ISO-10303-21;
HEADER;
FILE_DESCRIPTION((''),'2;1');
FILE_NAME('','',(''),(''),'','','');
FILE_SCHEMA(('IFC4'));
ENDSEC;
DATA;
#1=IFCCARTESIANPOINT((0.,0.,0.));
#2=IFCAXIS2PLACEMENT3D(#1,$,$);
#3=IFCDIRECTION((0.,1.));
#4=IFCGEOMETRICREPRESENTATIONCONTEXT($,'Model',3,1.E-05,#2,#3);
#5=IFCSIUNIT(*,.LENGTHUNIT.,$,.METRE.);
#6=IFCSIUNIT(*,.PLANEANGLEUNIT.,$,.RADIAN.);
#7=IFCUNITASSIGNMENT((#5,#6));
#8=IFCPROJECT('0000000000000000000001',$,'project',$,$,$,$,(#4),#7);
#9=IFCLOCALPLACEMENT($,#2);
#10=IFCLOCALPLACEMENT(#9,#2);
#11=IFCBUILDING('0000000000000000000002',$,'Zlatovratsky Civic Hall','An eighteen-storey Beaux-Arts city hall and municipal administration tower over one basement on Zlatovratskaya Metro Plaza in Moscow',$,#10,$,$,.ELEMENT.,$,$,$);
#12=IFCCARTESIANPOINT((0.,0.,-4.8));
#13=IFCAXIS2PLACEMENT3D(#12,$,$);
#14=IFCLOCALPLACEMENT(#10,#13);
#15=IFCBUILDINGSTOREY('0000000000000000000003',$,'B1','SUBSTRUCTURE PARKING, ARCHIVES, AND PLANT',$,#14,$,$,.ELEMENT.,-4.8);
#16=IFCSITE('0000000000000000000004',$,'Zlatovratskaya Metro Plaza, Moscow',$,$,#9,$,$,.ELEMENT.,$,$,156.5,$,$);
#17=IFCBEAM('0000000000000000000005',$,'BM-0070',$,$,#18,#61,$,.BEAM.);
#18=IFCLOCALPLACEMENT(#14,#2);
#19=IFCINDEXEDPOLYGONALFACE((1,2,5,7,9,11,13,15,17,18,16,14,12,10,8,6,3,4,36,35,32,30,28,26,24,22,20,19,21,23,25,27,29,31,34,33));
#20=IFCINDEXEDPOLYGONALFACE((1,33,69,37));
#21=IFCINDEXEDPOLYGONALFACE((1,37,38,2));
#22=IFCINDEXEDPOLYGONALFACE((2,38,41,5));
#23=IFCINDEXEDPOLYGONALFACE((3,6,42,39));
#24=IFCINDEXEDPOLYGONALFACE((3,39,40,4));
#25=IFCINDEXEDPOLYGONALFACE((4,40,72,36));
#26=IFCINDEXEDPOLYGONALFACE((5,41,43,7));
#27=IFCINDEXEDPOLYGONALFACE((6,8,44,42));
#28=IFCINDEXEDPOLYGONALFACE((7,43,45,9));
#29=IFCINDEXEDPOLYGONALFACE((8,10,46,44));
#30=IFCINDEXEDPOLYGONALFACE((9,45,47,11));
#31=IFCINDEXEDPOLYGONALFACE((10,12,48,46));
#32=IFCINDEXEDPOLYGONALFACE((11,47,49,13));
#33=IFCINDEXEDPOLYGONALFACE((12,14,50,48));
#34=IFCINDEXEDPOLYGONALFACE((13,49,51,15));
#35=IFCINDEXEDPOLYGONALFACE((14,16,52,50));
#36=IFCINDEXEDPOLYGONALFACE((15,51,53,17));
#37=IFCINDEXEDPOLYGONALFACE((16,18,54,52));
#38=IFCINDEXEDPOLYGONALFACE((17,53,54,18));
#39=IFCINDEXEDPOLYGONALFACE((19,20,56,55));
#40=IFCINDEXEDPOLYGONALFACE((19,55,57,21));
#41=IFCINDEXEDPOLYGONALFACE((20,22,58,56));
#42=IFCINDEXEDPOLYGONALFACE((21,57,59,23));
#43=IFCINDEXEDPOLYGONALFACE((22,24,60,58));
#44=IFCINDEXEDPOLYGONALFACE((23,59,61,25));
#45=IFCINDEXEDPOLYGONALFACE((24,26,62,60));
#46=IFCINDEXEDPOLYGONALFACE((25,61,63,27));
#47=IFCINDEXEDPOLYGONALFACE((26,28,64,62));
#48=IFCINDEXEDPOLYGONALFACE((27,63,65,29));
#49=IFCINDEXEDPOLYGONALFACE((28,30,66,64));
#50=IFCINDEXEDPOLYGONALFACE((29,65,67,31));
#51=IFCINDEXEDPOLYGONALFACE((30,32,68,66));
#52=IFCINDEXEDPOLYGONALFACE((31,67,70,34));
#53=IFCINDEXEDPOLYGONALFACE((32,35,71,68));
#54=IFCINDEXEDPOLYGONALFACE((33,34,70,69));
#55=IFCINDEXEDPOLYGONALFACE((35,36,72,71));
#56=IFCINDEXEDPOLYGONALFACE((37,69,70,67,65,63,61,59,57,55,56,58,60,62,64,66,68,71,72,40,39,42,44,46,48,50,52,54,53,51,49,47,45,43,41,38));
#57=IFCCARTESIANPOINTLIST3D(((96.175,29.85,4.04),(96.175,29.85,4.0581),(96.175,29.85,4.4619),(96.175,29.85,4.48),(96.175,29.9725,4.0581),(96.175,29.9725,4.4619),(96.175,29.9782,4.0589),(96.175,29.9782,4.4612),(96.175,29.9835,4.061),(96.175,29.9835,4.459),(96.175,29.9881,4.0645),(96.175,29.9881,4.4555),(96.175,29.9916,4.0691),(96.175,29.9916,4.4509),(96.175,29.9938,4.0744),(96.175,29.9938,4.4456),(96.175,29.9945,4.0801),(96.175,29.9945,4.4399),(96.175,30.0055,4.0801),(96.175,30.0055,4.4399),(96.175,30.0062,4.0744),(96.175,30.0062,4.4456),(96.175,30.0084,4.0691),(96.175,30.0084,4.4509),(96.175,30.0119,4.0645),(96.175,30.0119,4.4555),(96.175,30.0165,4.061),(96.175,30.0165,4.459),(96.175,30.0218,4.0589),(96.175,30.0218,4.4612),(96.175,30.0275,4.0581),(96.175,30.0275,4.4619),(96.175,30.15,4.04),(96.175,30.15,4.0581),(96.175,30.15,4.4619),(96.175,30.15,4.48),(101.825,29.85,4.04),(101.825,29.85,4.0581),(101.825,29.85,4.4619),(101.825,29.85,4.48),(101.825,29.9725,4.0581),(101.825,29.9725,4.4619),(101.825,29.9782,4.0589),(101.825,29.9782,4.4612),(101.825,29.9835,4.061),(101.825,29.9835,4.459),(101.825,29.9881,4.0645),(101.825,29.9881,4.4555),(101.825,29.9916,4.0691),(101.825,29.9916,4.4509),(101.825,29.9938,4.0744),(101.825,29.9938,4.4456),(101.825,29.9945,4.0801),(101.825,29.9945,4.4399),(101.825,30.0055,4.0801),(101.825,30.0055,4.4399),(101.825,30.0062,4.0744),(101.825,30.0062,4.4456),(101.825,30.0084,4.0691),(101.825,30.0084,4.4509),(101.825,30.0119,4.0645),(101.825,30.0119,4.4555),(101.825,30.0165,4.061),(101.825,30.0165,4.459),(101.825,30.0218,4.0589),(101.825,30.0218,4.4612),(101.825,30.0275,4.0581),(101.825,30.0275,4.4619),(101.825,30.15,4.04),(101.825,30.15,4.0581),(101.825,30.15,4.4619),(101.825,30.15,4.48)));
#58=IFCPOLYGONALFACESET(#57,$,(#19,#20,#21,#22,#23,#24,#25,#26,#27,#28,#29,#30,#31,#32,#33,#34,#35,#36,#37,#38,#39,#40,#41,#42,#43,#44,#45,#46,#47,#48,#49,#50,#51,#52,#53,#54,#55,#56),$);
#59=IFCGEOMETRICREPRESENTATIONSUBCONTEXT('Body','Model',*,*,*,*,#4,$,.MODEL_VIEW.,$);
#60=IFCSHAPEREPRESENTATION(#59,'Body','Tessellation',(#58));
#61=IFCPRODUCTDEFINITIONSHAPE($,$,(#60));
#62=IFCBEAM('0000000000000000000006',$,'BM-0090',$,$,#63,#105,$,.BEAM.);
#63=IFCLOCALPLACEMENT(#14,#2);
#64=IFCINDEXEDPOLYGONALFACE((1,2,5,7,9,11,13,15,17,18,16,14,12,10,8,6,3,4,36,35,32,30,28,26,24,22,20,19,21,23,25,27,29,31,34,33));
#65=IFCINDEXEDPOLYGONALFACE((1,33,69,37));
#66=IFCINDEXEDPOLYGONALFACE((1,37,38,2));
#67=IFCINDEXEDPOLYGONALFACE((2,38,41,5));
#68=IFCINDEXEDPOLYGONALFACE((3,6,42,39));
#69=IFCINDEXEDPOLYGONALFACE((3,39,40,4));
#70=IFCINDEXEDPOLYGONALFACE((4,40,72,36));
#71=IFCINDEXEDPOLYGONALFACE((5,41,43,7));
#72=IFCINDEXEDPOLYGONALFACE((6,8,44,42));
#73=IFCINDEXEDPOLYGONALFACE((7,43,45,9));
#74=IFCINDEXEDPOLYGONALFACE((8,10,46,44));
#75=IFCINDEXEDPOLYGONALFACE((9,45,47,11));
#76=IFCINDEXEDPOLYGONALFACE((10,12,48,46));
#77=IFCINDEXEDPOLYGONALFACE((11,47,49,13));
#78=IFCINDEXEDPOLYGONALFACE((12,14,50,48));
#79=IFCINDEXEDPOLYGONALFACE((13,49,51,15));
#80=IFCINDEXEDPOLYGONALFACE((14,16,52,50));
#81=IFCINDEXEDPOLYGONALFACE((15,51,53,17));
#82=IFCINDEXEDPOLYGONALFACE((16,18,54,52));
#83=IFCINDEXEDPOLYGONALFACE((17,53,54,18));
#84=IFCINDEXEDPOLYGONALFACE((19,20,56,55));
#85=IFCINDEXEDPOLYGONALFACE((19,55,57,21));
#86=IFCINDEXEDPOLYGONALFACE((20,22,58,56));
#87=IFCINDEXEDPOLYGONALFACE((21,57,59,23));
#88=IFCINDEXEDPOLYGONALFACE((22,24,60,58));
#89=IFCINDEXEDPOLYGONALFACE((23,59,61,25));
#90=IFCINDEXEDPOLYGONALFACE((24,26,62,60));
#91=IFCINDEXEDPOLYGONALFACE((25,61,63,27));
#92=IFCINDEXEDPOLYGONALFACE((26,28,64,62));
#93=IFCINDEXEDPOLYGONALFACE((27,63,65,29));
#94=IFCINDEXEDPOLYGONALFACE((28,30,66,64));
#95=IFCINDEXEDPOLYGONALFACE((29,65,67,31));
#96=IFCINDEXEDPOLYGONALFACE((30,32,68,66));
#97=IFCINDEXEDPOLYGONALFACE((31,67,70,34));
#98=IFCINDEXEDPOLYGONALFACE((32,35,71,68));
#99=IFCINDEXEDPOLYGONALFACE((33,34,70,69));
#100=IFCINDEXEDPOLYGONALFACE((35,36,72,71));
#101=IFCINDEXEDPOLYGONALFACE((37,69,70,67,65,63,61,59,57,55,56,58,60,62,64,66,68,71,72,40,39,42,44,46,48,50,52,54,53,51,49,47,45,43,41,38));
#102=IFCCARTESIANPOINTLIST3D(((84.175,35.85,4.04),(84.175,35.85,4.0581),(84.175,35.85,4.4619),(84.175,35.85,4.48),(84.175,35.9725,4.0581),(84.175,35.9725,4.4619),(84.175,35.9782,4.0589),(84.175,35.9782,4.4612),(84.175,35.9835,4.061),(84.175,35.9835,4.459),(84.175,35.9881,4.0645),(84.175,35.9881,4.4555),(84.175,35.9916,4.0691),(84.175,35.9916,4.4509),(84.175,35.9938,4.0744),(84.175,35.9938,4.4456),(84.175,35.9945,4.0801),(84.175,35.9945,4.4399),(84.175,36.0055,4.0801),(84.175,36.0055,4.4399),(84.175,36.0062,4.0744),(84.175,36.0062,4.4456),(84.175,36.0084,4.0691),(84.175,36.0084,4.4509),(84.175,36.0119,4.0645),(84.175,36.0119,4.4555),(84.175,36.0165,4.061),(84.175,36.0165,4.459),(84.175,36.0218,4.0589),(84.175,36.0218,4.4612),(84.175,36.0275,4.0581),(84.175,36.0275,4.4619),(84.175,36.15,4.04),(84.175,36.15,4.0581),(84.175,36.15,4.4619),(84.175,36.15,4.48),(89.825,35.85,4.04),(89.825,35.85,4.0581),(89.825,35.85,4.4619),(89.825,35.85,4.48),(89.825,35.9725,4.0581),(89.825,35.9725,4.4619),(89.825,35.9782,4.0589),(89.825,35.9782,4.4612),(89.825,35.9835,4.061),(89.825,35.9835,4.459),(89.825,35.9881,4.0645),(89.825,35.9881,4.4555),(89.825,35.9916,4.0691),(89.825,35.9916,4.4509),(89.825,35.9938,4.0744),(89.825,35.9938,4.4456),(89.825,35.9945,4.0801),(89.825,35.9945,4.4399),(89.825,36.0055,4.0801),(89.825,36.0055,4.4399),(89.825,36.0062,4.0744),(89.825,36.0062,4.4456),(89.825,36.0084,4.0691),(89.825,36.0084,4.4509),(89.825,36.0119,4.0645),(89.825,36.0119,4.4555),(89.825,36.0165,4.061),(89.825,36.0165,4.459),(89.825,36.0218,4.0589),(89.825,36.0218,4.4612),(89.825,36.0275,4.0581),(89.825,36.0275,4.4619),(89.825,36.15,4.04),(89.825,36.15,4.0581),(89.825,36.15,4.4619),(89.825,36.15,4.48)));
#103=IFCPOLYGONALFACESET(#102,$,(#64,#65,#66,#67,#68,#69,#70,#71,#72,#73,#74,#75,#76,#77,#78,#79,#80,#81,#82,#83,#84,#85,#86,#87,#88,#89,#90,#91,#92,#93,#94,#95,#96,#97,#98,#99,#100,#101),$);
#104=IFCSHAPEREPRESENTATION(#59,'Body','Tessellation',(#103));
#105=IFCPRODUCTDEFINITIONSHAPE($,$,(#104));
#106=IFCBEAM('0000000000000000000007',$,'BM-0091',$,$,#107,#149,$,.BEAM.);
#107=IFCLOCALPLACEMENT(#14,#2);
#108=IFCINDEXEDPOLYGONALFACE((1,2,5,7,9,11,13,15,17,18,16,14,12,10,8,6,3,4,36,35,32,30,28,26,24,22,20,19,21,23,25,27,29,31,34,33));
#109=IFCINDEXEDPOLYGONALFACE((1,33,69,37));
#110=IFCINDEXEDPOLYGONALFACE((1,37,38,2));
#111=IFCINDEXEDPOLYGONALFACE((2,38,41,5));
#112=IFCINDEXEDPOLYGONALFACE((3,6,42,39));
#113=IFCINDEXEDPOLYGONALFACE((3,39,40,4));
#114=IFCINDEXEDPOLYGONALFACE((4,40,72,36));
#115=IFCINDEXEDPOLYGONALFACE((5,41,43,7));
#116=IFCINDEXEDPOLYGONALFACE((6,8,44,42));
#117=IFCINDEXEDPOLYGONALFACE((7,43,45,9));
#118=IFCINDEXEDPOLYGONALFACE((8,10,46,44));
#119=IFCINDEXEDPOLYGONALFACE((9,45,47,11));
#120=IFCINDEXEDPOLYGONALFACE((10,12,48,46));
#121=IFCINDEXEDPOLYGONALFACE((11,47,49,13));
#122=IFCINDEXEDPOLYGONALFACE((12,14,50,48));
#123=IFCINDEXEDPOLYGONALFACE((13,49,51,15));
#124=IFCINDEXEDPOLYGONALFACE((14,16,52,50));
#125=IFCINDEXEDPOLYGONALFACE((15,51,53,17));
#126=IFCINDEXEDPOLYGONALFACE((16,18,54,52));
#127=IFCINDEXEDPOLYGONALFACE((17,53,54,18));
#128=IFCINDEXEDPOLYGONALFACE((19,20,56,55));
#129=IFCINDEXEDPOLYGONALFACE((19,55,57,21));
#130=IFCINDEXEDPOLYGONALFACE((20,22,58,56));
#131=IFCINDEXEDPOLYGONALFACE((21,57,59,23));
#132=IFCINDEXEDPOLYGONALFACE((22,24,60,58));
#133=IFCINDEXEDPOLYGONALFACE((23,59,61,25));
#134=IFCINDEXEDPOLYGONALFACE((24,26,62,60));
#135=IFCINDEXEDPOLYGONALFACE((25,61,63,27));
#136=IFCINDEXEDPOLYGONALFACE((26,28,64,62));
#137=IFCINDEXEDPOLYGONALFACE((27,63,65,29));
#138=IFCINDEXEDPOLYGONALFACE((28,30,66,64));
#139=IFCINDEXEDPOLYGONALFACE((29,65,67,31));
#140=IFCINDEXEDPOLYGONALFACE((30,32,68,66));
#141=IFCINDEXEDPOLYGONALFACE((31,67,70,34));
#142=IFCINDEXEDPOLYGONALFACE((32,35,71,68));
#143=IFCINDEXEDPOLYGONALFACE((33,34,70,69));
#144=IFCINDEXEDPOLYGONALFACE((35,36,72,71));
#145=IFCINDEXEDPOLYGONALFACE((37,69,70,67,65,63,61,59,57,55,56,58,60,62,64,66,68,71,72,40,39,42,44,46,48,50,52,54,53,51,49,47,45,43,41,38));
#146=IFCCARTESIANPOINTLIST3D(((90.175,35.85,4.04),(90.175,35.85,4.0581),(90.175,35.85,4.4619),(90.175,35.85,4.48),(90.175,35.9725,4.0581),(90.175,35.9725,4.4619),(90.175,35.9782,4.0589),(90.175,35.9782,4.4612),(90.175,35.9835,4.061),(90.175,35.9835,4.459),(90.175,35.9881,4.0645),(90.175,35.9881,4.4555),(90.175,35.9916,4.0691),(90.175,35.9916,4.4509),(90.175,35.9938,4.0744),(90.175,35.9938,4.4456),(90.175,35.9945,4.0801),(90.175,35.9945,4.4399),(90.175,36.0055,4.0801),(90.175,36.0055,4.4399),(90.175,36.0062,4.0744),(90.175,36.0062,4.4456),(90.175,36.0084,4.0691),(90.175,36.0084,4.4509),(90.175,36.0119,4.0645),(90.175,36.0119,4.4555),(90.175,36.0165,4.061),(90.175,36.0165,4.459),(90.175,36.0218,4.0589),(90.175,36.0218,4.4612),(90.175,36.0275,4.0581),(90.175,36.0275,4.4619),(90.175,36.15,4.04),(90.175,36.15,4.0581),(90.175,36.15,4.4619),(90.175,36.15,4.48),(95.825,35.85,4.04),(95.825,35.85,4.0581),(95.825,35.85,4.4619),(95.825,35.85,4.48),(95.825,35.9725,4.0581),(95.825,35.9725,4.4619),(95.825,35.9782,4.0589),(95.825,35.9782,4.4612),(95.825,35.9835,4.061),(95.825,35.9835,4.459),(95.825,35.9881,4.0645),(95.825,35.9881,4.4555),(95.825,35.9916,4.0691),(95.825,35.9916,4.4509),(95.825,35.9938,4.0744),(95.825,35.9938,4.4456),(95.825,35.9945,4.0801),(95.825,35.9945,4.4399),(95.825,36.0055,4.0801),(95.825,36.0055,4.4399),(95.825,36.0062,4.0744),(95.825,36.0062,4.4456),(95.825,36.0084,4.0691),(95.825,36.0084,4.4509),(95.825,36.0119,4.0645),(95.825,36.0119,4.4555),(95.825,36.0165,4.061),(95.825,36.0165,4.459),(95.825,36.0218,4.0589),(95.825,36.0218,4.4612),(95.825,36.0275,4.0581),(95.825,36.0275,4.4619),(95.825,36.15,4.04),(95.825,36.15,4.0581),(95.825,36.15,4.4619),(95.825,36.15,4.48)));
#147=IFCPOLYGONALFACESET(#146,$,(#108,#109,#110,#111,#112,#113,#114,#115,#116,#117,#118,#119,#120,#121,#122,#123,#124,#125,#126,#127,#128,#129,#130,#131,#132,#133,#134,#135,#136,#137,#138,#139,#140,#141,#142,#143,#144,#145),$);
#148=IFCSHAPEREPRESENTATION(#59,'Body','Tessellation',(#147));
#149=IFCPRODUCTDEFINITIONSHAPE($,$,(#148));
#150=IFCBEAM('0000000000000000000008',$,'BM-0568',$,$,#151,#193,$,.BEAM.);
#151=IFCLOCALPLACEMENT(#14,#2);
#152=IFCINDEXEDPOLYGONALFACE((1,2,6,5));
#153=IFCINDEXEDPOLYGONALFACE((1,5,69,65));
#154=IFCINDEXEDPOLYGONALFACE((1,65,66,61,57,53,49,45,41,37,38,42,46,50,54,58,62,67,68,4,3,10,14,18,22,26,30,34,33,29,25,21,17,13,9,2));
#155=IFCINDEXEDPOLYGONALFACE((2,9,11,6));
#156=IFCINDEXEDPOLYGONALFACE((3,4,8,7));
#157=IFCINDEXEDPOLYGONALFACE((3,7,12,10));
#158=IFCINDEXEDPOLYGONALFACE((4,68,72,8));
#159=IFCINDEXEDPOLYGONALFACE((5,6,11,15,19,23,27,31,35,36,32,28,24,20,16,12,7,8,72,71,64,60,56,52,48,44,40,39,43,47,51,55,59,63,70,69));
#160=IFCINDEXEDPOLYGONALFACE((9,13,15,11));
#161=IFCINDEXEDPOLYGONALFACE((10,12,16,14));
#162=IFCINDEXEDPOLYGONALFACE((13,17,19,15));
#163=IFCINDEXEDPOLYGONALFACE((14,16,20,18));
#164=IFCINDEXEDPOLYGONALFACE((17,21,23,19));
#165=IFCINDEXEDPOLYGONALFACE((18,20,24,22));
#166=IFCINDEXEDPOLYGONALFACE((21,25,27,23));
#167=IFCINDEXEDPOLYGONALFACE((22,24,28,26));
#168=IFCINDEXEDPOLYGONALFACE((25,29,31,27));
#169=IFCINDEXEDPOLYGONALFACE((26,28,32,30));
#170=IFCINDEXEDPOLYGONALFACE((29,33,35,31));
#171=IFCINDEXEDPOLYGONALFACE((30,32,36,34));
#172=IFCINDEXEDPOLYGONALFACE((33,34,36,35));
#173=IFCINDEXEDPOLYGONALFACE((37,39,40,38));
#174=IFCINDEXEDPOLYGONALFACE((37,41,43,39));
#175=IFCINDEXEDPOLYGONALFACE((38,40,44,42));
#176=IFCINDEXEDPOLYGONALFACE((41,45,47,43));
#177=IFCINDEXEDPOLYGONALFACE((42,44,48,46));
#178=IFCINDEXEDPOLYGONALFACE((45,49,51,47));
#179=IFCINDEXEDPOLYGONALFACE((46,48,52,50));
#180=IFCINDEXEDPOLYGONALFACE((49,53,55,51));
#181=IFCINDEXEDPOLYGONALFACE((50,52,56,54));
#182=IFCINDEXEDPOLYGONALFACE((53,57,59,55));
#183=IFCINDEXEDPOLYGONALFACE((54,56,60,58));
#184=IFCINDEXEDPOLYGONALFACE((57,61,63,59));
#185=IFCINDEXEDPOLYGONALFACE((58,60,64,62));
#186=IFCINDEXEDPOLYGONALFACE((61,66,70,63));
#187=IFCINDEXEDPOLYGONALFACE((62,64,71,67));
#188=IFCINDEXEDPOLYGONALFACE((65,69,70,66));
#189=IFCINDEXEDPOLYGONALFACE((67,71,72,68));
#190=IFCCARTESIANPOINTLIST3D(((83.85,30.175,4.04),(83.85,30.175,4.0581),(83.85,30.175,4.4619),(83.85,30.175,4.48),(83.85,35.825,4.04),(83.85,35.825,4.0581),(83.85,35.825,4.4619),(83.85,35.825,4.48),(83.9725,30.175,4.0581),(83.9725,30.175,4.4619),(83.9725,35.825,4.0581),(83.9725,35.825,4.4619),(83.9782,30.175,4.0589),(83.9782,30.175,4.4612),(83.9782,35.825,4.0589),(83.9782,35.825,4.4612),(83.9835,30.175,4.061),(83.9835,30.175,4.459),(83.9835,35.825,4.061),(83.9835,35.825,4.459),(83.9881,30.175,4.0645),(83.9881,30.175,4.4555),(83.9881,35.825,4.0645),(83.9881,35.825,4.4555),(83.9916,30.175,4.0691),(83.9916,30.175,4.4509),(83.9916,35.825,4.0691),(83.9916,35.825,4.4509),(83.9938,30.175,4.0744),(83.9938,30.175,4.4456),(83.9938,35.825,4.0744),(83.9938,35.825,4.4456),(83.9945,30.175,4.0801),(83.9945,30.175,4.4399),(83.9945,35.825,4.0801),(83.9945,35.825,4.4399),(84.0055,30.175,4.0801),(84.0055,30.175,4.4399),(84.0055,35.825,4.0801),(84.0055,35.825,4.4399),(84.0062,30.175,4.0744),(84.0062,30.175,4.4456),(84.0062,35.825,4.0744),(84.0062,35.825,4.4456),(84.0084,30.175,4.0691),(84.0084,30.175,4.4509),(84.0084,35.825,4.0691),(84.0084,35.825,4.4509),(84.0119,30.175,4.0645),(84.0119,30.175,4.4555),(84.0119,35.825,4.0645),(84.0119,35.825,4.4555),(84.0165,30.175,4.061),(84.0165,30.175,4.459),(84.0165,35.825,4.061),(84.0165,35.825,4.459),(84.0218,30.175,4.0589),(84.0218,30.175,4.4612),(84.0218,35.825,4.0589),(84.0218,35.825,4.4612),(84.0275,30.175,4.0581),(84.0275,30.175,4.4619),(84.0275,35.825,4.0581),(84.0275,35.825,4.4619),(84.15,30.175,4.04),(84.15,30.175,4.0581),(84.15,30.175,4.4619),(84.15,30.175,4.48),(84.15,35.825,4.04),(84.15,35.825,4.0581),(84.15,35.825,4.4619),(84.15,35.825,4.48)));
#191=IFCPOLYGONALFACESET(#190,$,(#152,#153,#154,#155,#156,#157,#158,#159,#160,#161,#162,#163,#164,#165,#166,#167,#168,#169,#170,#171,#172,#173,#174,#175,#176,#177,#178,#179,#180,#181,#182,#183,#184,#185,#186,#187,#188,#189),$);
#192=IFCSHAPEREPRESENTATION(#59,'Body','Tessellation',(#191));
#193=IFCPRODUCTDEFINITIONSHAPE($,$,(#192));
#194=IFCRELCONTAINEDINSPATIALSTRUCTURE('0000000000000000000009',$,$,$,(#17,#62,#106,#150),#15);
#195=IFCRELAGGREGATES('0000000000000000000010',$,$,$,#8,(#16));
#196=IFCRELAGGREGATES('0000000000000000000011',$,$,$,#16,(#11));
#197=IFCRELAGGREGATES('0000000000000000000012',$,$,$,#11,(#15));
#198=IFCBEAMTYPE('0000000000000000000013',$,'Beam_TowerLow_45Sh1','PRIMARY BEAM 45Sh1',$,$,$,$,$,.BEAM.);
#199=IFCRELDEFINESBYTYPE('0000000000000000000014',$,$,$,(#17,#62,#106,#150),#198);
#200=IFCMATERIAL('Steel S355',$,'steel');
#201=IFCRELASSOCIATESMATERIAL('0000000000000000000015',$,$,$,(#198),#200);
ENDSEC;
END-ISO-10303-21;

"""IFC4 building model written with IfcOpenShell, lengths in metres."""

from ifc_helpers import new_model, si_unit, direction, frame, origin, origin_2d, place, context, subcontext, project, spatial, i_section, extrude, material, material_profile, profile_set, type_object, element, save


model = new_model("IFC4")

# Units and contexts
model_context = context("Model", 3, precision=1e-05, world=origin(), true_north=direction((0.0, 1.0)))
body_context = subcontext(model_context, "Body", "Model", "MODEL_VIEW")
ifc_project = project(units=[si_unit("LENGTHUNIT", "METRE"), si_unit("PLANEANGLEUNIT", "RADIAN")], contexts=[model_context])

# Site, building, storey
site_placement = place(None, origin())
site = spatial("IfcSite", under=ifc_project, at=site_placement, Name="Zlatovratskaya Metro Plaza, Moscow", CompositionType="ELEMENT", RefElevation=156.5)
building_placement = place(site_placement, origin())
building = spatial("IfcBuilding", under=site, at=building_placement, Name="Zlatovratsky Civic Hall", Description="An eighteen-storey Beaux-Arts city hall and municipal administration tower over one basement on Zlatovratskaya Metro Plaza in Moscow", CompositionType="ELEMENT")
storey_placement = place(building_placement, frame((0.0, 0.0, -4.8)))
storey = spatial("IfcBuildingStorey", under=building, at=storey_placement, Name="B1", Description="SUBSTRUCTURE PARKING, ARCHIVES, AND PLANT", CompositionType="ELEMENT", Elevation=-4.8)

# Shared definitions
ifc_material_1 = material(Name="Steel S355", Category="steel")

# Beams
ifc_material_profile_1 = material_profile(ifc_material_1, i_section(OverallWidth=0.3, OverallDepth=0.4399, WebThickness=0.011, FlangeThickness=0.0181, FilletRadius=0.022, at=origin_2d()), Name="45Sh1")
ifc_profile_set_1 = profile_set([ifc_material_profile_1], Name="Steel S355")
beam_type = type_object("IfcBeamType", Name="Beam_TowerLow_45Sh1", Description="PRIMARY BEAM 45Sh1", PredefinedType="BEAM", material=ifc_profile_set_1)
for number, where, z_axis, x_axis, name in (
    (1, (96.175, 30.0, 4.26), (1.0, 0.0, 0.0), (0.0, 1.0, 0.0), "BM-0070"),
    (2, (84.175, 36.0, 4.26), (1.0, 0.0, 0.0), (0.0, 1.0, 0.0), "BM-0090"),
    (3, (90.175, 36.0, 4.26), (1.0, 0.0, 0.0), (0.0, 1.0, 0.0), "BM-0091"),
    (4, (84.0, 30.175, 4.26), (0.0, 1.0, 0.0), (-1.0, 0.0, 0.0), "BM-0568"),
):
    element("IfcBeam", number, at=place(storey_placement, frame(where, z_axis=z_axis, x_axis=x_axis)), inside=storey, type_object=beam_type, Name=name, PredefinedType="BEAM", context=body_context, shape_type="SweptSolid", body=[
        extrude(i_section(OverallWidth=0.3, OverallDepth=0.4399, WebThickness=0.011, FlangeThickness=0.0181, FilletRadius=0.022, at=origin_2d()), origin(), (0.0, 0.0, 1.0), 5.6499),
    ])

save(model, "model.ifc")
